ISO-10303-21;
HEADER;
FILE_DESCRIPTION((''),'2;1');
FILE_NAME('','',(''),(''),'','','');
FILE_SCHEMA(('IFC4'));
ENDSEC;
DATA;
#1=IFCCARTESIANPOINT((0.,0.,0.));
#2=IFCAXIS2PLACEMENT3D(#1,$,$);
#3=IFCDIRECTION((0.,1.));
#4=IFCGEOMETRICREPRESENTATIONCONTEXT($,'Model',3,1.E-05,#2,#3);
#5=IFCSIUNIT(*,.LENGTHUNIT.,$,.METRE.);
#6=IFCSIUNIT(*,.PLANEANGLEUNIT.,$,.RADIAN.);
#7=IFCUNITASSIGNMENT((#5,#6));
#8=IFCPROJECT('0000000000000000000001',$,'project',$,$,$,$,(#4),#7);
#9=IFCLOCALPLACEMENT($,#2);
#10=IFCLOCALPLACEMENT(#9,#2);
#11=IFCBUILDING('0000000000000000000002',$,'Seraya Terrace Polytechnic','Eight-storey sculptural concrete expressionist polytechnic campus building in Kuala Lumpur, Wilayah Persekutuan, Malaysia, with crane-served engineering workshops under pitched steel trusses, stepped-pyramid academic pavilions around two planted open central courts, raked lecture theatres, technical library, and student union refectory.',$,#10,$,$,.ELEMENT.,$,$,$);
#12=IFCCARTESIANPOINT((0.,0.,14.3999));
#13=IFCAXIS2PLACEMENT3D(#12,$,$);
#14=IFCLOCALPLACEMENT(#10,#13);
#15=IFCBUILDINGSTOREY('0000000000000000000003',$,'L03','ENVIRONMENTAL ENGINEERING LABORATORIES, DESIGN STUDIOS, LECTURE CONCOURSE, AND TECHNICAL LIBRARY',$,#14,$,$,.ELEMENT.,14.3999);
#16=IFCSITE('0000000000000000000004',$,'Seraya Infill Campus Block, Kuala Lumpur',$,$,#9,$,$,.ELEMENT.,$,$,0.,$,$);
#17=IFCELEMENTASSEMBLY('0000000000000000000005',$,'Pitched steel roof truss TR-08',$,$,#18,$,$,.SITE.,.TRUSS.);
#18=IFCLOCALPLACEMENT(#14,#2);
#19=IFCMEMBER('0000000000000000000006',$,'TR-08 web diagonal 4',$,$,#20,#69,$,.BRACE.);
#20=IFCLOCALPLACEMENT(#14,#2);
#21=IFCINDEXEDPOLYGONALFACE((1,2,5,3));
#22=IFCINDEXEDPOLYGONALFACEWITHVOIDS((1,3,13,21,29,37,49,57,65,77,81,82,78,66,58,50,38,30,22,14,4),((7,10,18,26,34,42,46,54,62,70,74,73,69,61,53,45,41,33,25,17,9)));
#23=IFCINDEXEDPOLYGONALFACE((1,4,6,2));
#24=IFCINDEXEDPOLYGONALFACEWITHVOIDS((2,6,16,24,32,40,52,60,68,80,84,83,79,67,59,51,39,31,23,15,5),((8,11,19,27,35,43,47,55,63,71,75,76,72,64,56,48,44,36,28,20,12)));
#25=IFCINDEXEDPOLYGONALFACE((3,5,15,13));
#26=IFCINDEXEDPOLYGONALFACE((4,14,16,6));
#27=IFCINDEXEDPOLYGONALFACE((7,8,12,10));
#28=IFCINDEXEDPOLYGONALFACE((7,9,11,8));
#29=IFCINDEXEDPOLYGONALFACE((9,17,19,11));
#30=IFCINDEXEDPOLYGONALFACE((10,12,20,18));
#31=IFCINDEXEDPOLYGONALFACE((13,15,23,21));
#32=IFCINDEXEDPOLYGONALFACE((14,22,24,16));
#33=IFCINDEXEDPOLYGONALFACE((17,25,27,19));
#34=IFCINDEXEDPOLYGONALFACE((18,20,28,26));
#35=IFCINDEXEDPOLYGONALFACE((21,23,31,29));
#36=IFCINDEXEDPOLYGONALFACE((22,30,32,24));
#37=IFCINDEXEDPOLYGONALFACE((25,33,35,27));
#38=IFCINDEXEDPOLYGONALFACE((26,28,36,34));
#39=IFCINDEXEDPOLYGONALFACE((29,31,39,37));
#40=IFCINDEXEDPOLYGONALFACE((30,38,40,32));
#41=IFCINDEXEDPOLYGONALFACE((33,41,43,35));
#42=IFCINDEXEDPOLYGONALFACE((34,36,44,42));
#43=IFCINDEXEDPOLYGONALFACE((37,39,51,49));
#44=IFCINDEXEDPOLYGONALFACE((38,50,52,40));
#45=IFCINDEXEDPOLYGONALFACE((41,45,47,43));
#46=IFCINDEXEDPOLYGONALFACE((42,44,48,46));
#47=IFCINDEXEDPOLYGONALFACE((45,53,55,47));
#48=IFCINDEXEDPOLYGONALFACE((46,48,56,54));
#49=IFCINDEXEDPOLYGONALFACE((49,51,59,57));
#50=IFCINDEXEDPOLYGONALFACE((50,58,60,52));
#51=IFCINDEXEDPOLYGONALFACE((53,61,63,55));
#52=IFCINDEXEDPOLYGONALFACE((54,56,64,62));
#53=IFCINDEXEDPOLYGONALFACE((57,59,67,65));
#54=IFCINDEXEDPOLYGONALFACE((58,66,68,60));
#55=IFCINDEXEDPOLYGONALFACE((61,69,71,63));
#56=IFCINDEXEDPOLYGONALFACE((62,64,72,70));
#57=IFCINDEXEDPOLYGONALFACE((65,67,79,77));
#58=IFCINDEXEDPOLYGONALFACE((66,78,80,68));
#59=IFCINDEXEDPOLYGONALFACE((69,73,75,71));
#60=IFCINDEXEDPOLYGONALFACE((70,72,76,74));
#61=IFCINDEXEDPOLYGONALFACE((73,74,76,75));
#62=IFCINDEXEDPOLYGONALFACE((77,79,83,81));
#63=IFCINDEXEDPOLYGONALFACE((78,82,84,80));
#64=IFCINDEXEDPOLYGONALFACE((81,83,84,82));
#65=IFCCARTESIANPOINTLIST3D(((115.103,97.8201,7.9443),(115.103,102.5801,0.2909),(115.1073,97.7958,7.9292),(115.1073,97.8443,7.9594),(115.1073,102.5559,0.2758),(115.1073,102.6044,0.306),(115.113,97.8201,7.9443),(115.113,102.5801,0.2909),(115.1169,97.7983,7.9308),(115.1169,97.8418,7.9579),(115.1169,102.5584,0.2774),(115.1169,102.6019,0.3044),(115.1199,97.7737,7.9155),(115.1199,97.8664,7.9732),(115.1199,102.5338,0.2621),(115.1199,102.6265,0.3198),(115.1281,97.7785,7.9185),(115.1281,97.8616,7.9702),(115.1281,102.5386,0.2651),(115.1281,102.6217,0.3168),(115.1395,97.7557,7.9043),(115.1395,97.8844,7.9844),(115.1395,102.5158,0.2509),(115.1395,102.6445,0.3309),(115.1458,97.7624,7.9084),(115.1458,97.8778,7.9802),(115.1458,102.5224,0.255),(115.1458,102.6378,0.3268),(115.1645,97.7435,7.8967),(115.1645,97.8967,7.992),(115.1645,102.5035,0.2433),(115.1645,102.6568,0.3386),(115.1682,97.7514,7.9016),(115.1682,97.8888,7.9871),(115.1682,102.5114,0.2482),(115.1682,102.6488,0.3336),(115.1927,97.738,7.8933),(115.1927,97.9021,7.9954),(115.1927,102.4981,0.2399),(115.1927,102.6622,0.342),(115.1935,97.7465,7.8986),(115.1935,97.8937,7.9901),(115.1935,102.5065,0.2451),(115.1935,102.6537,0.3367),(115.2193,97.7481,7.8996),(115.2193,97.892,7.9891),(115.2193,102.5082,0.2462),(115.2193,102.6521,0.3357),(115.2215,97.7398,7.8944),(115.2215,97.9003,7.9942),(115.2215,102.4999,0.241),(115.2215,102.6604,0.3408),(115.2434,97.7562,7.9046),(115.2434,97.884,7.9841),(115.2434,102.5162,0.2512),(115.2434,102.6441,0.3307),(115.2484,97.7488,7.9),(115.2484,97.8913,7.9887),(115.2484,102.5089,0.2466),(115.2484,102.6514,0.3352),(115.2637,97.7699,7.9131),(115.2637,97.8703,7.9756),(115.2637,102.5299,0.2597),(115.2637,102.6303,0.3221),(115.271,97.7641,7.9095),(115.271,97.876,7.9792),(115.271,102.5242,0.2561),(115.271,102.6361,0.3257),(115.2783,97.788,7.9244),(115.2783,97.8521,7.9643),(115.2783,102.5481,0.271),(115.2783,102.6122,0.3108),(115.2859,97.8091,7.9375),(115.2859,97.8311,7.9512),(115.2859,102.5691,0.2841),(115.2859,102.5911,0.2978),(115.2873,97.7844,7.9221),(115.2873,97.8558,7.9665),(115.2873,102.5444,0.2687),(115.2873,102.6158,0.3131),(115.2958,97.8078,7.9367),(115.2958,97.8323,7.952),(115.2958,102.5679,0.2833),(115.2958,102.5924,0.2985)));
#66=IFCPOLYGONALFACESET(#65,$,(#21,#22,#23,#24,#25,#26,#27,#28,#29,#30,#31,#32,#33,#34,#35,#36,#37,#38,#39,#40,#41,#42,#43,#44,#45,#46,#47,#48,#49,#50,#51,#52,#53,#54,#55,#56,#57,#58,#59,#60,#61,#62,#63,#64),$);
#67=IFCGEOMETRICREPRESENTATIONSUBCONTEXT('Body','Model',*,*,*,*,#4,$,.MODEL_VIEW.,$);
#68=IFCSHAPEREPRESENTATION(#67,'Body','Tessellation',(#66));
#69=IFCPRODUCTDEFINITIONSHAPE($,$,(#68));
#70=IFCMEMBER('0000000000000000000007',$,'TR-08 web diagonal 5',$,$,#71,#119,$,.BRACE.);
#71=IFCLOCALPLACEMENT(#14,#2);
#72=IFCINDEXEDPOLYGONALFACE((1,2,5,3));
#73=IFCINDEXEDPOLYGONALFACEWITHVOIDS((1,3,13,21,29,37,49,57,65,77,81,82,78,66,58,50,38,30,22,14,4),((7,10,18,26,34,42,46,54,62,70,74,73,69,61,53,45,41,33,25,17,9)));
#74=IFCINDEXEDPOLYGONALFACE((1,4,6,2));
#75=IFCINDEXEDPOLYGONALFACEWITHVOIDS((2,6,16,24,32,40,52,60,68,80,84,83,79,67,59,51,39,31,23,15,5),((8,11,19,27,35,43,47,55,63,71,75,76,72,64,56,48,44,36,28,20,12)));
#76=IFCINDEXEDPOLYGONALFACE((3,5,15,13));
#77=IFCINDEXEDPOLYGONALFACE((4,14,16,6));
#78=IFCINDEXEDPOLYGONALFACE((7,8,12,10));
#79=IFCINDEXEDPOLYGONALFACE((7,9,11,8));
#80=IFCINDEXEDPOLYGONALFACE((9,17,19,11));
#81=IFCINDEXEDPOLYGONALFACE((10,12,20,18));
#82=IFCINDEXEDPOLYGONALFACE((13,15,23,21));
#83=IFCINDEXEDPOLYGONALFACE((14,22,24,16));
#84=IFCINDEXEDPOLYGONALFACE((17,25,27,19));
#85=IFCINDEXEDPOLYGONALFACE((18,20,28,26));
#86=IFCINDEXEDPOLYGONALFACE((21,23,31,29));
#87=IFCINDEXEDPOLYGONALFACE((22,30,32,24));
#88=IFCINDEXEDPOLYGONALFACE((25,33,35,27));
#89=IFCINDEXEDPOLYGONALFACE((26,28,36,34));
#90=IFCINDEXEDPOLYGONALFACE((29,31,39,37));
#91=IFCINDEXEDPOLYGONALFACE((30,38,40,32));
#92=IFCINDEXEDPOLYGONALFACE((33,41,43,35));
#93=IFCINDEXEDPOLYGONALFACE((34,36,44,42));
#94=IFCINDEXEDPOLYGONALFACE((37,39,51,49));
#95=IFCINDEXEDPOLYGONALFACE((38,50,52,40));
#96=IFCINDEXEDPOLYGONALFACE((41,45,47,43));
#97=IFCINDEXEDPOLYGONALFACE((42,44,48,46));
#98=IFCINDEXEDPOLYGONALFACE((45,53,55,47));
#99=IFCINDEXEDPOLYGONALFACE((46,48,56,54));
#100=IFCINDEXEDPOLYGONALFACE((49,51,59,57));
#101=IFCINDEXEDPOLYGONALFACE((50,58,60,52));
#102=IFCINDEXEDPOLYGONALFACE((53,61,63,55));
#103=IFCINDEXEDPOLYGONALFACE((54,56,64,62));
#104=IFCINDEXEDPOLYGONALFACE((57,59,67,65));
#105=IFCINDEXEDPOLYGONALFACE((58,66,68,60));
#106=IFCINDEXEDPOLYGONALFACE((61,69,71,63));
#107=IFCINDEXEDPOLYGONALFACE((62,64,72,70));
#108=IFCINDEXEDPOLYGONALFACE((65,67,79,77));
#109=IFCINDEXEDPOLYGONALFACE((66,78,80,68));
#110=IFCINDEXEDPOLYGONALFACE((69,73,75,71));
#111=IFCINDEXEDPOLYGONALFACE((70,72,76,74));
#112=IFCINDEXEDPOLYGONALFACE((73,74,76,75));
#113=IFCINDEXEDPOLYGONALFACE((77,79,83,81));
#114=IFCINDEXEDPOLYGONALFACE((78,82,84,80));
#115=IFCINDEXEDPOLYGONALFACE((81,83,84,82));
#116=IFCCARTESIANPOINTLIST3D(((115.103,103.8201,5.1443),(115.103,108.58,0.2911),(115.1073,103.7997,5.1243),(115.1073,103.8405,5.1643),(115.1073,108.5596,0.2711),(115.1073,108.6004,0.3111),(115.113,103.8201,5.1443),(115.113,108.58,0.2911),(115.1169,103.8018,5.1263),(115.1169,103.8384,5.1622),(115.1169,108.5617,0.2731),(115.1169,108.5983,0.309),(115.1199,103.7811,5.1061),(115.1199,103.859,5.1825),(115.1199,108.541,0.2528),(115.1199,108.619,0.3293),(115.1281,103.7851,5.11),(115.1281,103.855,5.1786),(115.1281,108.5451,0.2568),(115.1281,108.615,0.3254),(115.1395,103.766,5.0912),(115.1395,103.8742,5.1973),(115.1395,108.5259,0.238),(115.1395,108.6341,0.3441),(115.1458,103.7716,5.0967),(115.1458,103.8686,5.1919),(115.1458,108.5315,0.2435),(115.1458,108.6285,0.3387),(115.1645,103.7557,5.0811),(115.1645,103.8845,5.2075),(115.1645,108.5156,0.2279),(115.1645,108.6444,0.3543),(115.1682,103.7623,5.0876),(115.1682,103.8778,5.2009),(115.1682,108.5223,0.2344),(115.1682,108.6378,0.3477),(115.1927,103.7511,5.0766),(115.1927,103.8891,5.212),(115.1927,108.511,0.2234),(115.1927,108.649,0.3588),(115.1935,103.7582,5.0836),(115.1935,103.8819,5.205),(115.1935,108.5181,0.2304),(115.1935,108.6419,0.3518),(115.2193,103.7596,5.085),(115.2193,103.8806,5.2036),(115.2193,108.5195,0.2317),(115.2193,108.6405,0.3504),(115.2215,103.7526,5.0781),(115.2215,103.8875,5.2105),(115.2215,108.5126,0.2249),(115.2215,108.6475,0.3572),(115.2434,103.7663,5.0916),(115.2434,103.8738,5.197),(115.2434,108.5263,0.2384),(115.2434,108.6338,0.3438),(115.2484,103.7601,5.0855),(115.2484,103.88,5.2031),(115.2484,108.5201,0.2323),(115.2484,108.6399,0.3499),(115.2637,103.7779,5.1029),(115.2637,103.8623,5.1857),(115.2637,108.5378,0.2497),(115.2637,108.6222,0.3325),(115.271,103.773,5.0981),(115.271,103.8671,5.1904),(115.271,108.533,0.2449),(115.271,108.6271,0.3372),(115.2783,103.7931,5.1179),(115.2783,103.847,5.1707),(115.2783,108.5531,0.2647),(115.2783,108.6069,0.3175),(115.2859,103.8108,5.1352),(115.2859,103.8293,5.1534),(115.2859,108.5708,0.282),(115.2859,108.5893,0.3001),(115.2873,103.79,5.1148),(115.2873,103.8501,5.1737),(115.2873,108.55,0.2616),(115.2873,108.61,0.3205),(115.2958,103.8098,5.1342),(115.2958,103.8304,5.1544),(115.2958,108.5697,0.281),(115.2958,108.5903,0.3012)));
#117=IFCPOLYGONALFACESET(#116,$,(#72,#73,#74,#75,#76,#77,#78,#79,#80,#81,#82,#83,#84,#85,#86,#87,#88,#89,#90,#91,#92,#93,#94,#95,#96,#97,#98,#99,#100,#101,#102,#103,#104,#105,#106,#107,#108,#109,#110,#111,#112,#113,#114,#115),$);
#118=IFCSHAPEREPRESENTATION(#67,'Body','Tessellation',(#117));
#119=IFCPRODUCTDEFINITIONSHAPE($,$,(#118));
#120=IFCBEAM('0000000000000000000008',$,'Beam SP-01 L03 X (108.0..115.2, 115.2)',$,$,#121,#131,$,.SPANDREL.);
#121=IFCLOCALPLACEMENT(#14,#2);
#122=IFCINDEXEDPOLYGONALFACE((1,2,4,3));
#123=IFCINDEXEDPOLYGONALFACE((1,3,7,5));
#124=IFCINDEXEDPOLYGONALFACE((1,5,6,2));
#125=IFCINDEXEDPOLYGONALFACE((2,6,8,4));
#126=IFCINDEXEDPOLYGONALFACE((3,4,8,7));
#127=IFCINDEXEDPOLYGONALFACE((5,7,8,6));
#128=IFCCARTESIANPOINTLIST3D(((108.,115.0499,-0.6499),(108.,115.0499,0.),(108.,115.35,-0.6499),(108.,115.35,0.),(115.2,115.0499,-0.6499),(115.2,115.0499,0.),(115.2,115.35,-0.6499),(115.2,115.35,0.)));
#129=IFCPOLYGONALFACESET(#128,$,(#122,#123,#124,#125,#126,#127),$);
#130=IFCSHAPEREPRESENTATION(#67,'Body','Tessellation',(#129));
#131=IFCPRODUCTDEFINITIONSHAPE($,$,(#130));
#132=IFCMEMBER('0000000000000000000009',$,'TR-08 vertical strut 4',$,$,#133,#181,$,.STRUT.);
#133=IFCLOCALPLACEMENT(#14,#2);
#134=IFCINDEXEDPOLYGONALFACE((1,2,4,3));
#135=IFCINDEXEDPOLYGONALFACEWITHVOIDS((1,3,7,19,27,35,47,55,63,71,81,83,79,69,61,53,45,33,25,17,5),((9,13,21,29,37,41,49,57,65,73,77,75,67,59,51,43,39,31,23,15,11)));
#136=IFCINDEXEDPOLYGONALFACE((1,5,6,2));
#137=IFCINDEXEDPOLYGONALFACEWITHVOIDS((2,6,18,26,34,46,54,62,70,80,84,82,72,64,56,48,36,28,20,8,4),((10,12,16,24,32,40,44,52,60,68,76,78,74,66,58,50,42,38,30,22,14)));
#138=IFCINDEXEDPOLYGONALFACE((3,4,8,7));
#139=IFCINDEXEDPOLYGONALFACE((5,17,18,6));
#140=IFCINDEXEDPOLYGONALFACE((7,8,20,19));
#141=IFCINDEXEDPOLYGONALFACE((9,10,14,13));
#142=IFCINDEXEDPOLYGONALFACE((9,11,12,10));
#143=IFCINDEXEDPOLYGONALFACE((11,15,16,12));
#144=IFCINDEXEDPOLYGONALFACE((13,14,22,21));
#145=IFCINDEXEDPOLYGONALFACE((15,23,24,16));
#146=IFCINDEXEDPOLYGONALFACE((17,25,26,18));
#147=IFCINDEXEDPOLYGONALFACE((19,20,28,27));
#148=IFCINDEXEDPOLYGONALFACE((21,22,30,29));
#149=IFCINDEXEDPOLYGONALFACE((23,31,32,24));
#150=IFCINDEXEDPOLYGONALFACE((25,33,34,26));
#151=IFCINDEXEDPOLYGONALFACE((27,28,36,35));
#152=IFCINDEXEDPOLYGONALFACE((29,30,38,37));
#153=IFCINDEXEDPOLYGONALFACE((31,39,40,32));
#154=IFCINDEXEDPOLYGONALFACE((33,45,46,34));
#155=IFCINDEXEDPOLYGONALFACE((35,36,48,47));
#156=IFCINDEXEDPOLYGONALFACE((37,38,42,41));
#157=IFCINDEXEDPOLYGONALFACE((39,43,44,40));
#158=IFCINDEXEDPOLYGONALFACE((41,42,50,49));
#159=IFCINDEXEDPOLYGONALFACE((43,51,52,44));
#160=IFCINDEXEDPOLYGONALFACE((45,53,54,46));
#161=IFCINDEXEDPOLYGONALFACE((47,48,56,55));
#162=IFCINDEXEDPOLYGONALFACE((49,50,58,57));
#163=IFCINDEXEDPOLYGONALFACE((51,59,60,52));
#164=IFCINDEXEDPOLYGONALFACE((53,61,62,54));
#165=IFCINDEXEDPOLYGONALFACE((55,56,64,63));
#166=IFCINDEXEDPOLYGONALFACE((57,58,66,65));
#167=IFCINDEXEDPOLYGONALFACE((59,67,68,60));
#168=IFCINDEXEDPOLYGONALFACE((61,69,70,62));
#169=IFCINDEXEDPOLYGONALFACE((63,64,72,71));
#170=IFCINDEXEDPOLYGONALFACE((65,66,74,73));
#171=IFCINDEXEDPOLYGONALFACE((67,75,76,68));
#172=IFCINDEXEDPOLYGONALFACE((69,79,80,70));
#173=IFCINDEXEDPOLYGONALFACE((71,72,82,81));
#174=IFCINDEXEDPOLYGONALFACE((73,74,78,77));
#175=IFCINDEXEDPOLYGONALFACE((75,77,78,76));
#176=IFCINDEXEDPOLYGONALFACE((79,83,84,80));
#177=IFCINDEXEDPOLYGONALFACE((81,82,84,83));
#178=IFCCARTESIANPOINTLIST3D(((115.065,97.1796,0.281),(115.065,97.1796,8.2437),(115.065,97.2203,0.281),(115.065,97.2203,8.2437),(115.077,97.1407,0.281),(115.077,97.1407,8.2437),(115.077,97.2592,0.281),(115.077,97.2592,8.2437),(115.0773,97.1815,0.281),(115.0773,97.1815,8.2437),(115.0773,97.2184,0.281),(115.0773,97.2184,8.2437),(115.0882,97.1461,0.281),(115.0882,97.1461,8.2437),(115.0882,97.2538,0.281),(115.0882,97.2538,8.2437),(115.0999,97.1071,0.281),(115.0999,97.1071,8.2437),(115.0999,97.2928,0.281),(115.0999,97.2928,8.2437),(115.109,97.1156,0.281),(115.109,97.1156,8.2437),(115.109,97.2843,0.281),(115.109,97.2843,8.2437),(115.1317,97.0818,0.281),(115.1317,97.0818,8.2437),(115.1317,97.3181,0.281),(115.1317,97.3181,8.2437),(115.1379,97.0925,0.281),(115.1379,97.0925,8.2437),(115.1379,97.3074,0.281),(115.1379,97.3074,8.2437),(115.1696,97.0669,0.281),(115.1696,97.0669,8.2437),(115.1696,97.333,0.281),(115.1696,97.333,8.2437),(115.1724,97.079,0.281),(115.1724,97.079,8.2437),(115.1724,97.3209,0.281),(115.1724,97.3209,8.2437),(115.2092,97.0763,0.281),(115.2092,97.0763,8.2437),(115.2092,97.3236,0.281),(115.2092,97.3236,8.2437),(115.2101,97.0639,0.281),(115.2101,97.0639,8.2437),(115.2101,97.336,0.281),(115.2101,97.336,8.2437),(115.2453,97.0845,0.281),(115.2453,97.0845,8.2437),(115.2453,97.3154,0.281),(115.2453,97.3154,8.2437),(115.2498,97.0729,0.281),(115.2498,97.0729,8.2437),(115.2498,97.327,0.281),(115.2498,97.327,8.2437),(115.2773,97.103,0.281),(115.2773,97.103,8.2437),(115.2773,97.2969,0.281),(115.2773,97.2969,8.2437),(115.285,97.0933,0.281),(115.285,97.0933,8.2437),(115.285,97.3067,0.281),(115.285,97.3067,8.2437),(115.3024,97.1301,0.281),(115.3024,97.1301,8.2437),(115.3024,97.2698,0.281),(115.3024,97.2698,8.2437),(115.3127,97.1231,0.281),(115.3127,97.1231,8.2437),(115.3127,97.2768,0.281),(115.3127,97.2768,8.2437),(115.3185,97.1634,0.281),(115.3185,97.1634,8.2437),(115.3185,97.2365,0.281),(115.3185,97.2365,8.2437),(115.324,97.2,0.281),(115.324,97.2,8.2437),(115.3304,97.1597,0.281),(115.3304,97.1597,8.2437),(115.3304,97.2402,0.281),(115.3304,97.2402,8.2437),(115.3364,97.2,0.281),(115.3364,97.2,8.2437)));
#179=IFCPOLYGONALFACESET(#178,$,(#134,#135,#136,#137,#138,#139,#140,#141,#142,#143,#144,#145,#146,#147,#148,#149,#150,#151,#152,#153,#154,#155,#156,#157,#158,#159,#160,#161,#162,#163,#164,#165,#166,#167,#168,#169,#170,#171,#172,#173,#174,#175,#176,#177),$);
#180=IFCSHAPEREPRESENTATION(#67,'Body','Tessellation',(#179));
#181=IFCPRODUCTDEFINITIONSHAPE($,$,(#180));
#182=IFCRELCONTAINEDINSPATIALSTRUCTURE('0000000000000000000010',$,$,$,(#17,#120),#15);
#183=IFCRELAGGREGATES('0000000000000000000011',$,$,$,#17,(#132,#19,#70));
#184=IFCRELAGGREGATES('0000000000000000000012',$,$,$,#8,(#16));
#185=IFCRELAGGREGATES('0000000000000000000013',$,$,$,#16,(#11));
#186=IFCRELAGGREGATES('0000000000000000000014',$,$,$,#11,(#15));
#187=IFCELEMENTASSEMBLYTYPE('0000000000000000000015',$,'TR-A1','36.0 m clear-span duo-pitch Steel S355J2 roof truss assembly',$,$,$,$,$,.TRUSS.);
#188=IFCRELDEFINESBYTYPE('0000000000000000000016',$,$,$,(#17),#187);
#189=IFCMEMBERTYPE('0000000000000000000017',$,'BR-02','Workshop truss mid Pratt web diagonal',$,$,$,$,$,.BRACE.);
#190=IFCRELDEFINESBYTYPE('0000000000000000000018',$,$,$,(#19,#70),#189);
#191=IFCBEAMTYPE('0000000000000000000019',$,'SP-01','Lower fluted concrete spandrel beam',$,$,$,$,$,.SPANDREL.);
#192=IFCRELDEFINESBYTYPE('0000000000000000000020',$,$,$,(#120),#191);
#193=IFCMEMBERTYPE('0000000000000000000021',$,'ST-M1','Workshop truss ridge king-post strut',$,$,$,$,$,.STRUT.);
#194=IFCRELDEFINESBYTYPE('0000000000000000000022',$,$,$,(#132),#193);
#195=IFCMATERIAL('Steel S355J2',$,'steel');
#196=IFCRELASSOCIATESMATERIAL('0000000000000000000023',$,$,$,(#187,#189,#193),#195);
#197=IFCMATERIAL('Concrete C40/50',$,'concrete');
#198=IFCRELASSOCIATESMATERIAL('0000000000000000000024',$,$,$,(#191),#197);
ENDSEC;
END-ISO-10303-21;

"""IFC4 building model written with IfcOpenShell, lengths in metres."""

from ifc_helpers import new_model, si_unit, direction, frame, origin, origin_2d, place, context, subcontext, project, spatial, rectangle, hollow_circle, extrude, material, material_profile, profile_set, type_object, element, aggregate, save


model = new_model("IFC4")

# Units and contexts
model_context = context("Model", 3, precision=1e-05, world=origin(), true_north=direction((0.0, 1.0)))
body_context = subcontext(model_context, "Body", "Model", "MODEL_VIEW")
ifc_project = project(units=[si_unit("LENGTHUNIT", "METRE"), si_unit("PLANEANGLEUNIT", "RADIAN")], contexts=[model_context])

# Site, building, storey
site_placement = place(None, origin())
site = spatial("IfcSite", under=ifc_project, at=site_placement, Name="Seraya Infill Campus Block, Kuala Lumpur", CompositionType="ELEMENT", RefElevation=0.0)
building_placement = place(site_placement, origin())
building = spatial("IfcBuilding", under=site, at=building_placement, Name="Seraya Terrace Polytechnic", Description="Eight-storey sculptural concrete expressionist polytechnic campus building in Kuala Lumpur, Wilayah Persekutuan, Malaysia, with crane-served engineering workshops under pitched steel trusses, stepped-pyramid academic pavilions around two planted open central courts, raked lecture theatres, technical library, and student union refectory.", CompositionType="ELEMENT")
storey_placement = place(building_placement, frame((0.0, 0.0, 14.3999)))
storey = spatial("IfcBuildingStorey", under=building, at=storey_placement, Name="L03", Description="ENVIRONMENTAL ENGINEERING LABORATORIES, DESIGN STUDIOS, LECTURE CONCOURSE, AND TECHNICAL LIBRARY", CompositionType="ELEMENT", Elevation=14.3999)

# Element assembly
ifc_material_1 = material(Name="Steel S355J2", Category="steel")
element_assembly_type = type_object("IfcElementAssemblyType", Name="TR-A1", Description="36.0 m clear-span duo-pitch Steel S355J2 roof truss assembly", PredefinedType="TRUSS", material=ifc_material_1)
assembly_placement = place(storey_placement, origin())
assembly = element("IfcElementAssembly", 1, at=assembly_placement, inside=storey, type_object=element_assembly_type, Name="Pitched steel roof truss TR-08", AssemblyPlace="SITE", PredefinedType="TRUSS")

# Shared definitions
ifc_material_2 = material(Name="Concrete C40/50", Category="concrete")

# Members
ifc_material_profile_1 = material_profile(ifc_material_1, hollow_circle(Radius=0.0969, WallThickness=0.01, at=origin_2d()), Name="CHS 193.7x10.0")
ifc_profile_set_1 = profile_set([ifc_material_profile_1], Name="Steel S355J2")
member_type_1 = type_object("IfcMemberType", Name="BR-02", Description="Workshop truss mid Pratt web diagonal", PredefinedType="BRACE", material=ifc_profile_set_1)
member_1_placement = place(storey_placement, frame((115.2, 97.8201, 7.9443), z_axis=(0.0, 0.528137, -0.849159), x_axis=(-1.0, 0.0, 0.0)))
member_1 = element("IfcMember", 2, at=member_1_placement, type_object=member_type_1, Name="TR-08 web diagonal 4", PredefinedType="BRACE", context=body_context, shape_type="SweptSolid", body=[
    extrude(hollow_circle(Radius=0.0969, WallThickness=0.01, at=origin_2d()), origin(), (0.0, 0.0, 1.0), 9.0129),
])
member_2_placement = place(storey_placement, frame((115.2, 103.8201, 5.1443), z_axis=(0.0, 0.700214, -0.713933), x_axis=(-1.0, 0.0, 0.0)))
member_2 = element("IfcMember", 3, at=member_2_placement, type_object=member_type_1, Name="TR-08 web diagonal 5", PredefinedType="BRACE", context=body_context, shape_type="SweptSolid", body=[
    extrude(hollow_circle(Radius=0.0969, WallThickness=0.01, at=origin_2d()), origin(), (0.0, 0.0, 1.0), 6.7979),
])

# Beam
ifc_material_profile_2 = material_profile(ifc_material_2, rectangle(XDim=0.3, YDim=0.6499, at=origin_2d()), Name="RC 300x650")
ifc_profile_set_2 = profile_set([ifc_material_profile_2], Name="Concrete C40/50")
beam_type_1 = type_object("IfcBeamType", Name="SP-01", Description="Lower fluted concrete spandrel beam", PredefinedType="SPANDREL", material=ifc_profile_set_2)
beam_placement = place(storey_placement, frame((108.0, 115.2, -0.325), z_axis=(1.0, 0.0, 0.0), x_axis=(0.0, 1.0, 0.0)))
element("IfcBeam", 4, at=beam_placement, inside=storey, type_object=beam_type_1, Name="Beam SP-01 L03 X (108.0..115.2, 115.2)", PredefinedType="SPANDREL", context=body_context, shape_type="SweptSolid", body=[
    extrude(rectangle(XDim=0.3, YDim=0.6499, at=origin_2d()), origin(), (0.0, 0.0, 1.0), 7.2),
])

# Member
ifc_material_profile_3 = material_profile(ifc_material_1, hollow_circle(Radius=0.1365, WallThickness=0.0125, at=origin_2d()), Name="CHS 273.0x12.5")
ifc_profile_set_3 = profile_set([ifc_material_profile_3], Name="Steel S355J2")
member_type_2 = type_object("IfcMemberType", Name="ST-M1", Description="Workshop truss ridge king-post strut", PredefinedType="STRUT", material=ifc_profile_set_3)
member_3_placement = place(storey_placement, frame((115.2, 97.2, 0.281), z_axis=(0.0, 0.0, 1.0), x_axis=(1.0, 0.0, 0.0)))
member_3 = element("IfcMember", 5, at=member_3_placement, type_object=member_type_2, Name="TR-08 vertical strut 4", PredefinedType="STRUT", context=body_context, shape_type="SweptSolid", body=[
    extrude(hollow_circle(Radius=0.1365, WallThickness=0.0125, at=origin_2d()), origin(), (0.0, 0.0, 1.0), 7.9626),
])

aggregate(assembly, [member_3, member_1, member_2])

save(model, "model.ifc")
